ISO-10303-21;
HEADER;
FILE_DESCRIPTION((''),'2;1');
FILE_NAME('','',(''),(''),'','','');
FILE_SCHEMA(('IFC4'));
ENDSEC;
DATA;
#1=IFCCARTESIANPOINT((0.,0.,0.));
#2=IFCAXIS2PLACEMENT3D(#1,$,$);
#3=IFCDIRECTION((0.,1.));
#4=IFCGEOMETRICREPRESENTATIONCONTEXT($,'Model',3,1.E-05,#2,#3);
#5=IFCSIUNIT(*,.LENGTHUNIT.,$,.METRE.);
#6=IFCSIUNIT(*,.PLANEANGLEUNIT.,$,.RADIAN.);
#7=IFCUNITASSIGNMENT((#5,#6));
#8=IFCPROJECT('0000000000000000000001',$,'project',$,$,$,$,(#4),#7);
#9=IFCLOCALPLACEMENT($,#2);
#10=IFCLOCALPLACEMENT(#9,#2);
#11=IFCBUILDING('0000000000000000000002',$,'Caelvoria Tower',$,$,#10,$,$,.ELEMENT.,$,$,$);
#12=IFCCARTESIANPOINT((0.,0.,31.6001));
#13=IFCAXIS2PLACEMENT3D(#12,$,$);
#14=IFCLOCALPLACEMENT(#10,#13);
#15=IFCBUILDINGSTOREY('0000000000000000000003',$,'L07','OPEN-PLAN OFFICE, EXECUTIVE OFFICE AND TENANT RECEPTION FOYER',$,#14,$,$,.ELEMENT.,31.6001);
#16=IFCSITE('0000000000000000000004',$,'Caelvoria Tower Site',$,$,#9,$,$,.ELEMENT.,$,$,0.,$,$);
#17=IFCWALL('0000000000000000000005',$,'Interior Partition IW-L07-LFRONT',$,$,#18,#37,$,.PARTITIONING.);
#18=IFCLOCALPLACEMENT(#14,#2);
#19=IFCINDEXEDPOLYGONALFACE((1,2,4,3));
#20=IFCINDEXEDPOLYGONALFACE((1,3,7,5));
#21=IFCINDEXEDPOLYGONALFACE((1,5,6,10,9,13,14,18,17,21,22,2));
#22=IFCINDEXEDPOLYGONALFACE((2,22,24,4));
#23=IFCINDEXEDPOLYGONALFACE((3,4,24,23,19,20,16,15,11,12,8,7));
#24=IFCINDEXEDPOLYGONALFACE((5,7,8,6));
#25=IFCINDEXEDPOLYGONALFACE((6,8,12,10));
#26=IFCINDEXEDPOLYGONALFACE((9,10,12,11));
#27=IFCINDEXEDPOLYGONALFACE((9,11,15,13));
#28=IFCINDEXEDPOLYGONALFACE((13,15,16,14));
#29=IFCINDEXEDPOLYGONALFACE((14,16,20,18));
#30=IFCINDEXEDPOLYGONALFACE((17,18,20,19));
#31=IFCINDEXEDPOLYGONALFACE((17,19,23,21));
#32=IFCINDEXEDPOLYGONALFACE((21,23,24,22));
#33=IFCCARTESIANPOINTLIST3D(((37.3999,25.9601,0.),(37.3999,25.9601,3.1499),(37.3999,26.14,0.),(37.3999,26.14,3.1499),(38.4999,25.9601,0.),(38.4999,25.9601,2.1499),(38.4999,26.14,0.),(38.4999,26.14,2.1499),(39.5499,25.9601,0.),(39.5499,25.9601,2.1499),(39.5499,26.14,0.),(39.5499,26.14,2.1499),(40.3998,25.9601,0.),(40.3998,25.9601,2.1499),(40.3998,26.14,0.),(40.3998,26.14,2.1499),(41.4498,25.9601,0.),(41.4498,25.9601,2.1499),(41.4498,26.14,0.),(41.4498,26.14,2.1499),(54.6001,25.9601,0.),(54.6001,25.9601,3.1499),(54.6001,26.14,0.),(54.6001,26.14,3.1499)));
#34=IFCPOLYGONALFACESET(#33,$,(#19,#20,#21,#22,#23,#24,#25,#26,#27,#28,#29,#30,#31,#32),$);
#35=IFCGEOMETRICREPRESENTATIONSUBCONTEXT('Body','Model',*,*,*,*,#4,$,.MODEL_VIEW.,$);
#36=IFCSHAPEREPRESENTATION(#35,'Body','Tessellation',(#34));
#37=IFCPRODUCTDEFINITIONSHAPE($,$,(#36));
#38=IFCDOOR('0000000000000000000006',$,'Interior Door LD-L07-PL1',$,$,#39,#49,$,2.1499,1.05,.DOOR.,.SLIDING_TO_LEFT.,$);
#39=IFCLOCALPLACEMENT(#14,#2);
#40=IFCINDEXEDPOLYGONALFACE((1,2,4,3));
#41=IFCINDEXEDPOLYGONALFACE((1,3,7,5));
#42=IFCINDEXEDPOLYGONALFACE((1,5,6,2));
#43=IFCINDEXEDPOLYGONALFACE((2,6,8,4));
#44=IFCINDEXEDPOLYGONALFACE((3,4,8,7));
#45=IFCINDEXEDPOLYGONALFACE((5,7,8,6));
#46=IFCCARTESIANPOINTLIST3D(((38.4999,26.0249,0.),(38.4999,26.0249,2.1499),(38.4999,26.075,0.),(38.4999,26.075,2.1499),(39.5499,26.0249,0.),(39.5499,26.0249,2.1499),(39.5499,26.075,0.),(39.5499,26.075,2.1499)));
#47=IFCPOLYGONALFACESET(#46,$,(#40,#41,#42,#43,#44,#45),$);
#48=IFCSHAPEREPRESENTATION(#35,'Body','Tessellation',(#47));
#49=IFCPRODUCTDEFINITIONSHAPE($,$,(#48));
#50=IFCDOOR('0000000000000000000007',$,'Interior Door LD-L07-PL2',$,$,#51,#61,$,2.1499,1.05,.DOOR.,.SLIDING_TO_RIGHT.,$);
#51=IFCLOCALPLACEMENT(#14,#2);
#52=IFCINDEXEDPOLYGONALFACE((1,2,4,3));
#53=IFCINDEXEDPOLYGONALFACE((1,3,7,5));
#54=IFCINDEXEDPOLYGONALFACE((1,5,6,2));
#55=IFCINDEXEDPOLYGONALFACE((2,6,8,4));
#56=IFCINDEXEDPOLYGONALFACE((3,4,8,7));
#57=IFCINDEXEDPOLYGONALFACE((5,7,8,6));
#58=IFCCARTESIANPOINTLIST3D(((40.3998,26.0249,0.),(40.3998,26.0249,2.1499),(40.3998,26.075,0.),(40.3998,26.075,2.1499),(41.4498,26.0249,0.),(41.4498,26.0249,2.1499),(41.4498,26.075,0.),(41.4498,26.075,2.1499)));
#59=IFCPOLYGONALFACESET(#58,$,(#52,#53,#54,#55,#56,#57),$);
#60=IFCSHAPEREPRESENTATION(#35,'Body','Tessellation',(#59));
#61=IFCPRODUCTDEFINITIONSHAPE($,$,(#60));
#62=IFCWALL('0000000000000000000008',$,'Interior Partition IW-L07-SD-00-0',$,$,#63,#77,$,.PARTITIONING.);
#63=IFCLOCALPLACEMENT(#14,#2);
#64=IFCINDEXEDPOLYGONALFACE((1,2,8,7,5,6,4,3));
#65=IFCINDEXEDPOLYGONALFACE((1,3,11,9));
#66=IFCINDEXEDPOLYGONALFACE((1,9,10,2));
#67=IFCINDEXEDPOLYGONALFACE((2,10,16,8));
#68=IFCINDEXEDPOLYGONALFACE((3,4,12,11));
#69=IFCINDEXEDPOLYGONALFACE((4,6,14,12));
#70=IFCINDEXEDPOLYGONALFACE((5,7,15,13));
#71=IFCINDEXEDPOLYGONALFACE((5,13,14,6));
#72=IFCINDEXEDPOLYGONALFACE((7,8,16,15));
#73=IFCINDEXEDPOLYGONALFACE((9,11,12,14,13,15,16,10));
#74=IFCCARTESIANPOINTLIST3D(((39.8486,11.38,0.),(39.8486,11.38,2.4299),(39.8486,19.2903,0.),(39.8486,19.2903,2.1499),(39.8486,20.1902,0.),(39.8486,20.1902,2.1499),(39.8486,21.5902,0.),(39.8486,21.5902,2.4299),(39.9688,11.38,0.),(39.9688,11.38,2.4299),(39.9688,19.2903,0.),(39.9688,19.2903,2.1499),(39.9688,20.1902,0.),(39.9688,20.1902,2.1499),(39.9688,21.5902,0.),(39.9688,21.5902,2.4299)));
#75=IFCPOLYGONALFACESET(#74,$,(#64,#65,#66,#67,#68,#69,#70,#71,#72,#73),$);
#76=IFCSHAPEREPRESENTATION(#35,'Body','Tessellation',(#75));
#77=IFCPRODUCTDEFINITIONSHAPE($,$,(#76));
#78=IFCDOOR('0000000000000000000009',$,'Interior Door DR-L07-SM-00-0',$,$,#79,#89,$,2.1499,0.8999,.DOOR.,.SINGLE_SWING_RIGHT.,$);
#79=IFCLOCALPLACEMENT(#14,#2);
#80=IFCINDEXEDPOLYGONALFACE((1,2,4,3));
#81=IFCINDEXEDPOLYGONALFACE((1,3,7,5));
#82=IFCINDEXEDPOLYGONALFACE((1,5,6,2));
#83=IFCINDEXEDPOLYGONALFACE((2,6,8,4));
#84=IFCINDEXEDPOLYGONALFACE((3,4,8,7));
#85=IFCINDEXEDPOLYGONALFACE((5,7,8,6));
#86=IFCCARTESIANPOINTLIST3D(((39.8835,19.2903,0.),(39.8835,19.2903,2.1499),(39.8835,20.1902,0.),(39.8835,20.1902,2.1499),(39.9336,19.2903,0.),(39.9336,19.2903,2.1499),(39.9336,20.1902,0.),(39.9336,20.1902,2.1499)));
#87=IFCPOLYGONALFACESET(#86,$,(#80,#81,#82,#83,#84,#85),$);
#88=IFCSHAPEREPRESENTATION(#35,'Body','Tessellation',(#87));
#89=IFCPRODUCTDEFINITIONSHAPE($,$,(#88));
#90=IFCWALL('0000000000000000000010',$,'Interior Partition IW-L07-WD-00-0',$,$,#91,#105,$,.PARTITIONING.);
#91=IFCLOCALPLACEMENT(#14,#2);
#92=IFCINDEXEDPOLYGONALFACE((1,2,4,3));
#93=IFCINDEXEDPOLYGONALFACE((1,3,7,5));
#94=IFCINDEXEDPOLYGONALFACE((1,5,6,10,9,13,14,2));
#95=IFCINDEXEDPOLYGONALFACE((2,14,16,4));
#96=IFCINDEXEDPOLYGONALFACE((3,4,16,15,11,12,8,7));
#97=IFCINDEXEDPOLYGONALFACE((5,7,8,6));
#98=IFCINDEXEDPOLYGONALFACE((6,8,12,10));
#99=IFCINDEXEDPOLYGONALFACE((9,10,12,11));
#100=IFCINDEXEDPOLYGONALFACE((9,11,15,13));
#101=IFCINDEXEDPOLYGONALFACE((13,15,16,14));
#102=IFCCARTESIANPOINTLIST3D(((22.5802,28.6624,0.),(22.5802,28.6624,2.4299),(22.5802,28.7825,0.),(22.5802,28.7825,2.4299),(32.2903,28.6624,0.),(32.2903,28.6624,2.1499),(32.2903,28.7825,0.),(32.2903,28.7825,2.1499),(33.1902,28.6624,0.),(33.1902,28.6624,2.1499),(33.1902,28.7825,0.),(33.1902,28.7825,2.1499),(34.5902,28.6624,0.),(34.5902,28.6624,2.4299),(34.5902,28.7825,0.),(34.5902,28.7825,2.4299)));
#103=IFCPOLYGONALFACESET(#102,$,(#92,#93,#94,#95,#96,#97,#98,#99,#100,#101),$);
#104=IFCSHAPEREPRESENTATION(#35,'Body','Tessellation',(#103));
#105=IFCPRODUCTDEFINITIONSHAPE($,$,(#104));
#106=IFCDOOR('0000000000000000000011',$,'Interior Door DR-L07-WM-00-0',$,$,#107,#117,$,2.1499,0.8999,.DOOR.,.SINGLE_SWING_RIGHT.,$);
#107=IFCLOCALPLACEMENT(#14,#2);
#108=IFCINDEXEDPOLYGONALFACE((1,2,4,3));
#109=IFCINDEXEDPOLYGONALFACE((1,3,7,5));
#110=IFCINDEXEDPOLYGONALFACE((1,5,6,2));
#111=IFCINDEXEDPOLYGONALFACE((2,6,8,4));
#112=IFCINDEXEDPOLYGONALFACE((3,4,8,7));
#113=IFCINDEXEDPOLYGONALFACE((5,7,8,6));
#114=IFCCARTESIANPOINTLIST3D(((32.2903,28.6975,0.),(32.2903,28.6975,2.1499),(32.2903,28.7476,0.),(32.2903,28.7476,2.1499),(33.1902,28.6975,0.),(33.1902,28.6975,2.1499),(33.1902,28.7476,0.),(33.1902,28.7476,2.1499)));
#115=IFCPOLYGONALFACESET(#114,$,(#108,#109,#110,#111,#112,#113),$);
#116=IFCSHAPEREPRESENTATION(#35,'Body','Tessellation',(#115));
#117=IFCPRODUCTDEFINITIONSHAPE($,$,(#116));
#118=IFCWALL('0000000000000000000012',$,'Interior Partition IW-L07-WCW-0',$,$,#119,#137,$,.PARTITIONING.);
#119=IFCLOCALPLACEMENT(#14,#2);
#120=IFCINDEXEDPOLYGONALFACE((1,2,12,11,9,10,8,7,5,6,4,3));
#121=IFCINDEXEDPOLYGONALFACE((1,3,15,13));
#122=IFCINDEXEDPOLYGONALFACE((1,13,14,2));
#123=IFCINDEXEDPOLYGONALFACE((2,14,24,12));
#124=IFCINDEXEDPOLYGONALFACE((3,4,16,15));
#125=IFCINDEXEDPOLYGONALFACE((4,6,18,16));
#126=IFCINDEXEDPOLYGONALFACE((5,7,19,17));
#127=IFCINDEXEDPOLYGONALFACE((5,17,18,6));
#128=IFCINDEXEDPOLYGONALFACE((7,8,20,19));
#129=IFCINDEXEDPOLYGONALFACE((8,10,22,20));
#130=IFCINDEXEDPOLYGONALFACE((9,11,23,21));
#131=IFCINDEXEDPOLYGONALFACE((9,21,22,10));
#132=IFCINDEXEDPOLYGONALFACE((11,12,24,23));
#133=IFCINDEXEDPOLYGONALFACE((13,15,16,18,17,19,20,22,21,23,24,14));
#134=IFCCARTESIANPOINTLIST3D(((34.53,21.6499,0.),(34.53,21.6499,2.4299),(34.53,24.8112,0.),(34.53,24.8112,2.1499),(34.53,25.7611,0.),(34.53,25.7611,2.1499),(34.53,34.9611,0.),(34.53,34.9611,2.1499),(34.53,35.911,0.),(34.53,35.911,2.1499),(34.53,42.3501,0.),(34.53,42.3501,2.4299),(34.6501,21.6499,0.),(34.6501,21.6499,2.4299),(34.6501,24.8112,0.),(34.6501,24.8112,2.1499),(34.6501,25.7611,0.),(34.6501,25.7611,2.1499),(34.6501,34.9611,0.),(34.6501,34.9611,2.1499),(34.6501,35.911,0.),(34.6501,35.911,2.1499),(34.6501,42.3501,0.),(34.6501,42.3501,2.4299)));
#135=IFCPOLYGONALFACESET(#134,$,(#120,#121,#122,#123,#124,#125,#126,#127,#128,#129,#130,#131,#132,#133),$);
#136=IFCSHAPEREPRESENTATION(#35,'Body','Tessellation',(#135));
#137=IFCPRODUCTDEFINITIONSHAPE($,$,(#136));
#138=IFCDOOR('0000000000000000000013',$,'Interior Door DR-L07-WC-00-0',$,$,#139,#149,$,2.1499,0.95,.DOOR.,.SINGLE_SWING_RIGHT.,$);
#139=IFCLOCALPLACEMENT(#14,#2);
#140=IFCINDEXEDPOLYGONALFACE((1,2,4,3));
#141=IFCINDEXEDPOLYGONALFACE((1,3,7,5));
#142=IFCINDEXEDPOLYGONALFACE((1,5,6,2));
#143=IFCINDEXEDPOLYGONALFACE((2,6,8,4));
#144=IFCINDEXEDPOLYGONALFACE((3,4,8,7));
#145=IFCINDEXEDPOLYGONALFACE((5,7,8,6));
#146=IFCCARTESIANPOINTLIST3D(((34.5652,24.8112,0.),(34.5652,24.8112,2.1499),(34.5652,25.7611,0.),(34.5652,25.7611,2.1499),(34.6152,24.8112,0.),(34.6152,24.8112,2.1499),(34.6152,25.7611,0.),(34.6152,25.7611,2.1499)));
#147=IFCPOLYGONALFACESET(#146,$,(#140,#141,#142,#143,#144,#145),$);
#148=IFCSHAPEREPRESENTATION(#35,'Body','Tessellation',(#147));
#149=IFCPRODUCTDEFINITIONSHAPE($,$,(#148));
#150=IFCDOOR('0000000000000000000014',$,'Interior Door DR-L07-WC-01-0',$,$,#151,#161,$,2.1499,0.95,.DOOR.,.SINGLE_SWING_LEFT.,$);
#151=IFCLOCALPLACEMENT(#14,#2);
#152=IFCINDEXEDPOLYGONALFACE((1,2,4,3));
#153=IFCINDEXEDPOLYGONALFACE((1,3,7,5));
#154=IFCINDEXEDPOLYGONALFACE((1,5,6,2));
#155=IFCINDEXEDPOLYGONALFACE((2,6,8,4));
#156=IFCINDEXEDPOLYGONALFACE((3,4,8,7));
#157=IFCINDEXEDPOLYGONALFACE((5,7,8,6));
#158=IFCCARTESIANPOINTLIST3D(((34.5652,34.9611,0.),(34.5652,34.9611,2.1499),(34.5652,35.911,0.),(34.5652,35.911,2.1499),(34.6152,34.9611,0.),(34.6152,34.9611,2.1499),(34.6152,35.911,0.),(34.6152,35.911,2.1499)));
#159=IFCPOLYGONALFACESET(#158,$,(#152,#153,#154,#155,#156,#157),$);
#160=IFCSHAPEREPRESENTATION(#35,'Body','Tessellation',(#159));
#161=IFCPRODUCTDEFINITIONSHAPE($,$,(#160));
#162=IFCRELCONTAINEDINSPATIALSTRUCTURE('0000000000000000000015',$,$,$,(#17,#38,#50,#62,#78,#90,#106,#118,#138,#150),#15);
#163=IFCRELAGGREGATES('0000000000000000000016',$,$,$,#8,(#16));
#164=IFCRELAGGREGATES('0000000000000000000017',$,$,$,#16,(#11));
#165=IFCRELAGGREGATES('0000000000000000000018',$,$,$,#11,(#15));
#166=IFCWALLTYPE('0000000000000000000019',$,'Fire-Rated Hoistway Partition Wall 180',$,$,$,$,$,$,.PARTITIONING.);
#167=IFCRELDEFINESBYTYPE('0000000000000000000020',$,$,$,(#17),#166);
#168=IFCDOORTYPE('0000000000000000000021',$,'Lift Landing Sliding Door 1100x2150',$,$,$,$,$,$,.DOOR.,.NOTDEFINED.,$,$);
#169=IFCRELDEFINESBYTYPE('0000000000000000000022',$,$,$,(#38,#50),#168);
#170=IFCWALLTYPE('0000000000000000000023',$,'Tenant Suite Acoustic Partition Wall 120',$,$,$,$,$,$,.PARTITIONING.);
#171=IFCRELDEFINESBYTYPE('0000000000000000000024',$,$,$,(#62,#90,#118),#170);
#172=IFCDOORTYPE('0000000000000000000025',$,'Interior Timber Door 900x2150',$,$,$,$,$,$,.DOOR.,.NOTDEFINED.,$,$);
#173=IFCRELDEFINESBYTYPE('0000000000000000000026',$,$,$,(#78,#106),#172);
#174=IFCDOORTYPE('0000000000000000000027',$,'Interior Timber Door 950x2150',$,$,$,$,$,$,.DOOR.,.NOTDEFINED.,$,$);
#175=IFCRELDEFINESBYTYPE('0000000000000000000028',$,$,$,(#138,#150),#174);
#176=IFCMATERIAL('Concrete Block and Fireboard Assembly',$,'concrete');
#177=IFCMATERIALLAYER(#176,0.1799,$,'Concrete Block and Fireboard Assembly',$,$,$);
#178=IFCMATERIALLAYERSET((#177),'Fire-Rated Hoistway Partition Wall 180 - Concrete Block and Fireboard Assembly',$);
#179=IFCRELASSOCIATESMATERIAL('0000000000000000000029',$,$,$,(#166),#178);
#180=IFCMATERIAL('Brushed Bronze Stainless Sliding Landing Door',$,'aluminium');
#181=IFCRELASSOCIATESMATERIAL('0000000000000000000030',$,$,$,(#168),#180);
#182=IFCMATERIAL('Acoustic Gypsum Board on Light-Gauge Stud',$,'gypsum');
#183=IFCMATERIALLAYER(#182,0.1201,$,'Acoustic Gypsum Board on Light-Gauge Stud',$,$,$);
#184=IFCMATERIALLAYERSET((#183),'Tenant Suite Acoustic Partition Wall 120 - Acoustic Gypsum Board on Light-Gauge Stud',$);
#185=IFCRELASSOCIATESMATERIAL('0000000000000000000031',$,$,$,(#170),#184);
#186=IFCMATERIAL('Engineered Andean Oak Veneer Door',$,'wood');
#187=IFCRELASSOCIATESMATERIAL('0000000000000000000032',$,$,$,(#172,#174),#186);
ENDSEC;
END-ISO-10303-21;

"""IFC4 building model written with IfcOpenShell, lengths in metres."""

from ifc_helpers import new_model, si_unit, direction, frame, frame_2d, origin, place, context, subcontext, project, spatial, rectangle, extrude, material, layer, layer_set, type_object, element, fill, save


model = new_model("IFC4")

# Units and contexts
model_context = context("Model", 3, precision=1e-05, world=origin(), true_north=direction((0.0, 1.0)))
body_context = subcontext(model_context, "Body", "Model", "MODEL_VIEW")
ifc_project = project(units=[si_unit("LENGTHUNIT", "METRE"), si_unit("PLANEANGLEUNIT", "RADIAN")], contexts=[model_context])

# Site, building, storey
site_placement = place(None, origin())
site = spatial("IfcSite", under=ifc_project, at=site_placement, Name="Caelvoria Tower Site", CompositionType="ELEMENT", RefElevation=0.0)
building_placement = place(site_placement, origin())
building = spatial("IfcBuilding", under=site, at=building_placement, Name="Caelvoria Tower", CompositionType="ELEMENT")
storey_placement = place(building_placement, frame((0.0, 0.0, 31.6001)))
storey = spatial("IfcBuildingStorey", under=building, at=storey_placement, Name="L07", Description="OPEN-PLAN OFFICE, EXECUTIVE OFFICE AND TENANT RECEPTION FOYER", CompositionType="ELEMENT", Elevation=31.6001)

# Wall, openings, doors
ifc_material_1 = material(Name="Concrete Block and Fireboard Assembly", Category="concrete")
ifc_layer_1 = layer(ifc_material_1, 0.1799, Name="Concrete Block and Fireboard Assembly")
ifc_layer_set_1 = layer_set([ifc_layer_1], Name="Fire-Rated Hoistway Partition Wall 180 - Concrete Block and Fireboard Assembly")
wall_type_1 = type_object("IfcWallType", Name="Fire-Rated Hoistway Partition Wall 180", PredefinedType="PARTITIONING", material=ifc_layer_set_1)
wall_1_placement = place(storey_placement, frame((37.3999, 26.05, 0.0), z_axis=(0.0, 0.0, 1.0), x_axis=(1.0, 0.0, 0.0)))
wall_1 = element("IfcWall", 1, at=wall_1_placement, inside=storey, type_object=wall_type_1, Name="Interior Partition IW-L07-LFRONT", PredefinedType="PARTITIONING", context=body_context, shape_type="SweptSolid", body=[
    extrude(rectangle(XDim=17.2002, YDim=0.1799, at=frame_2d((8.6001, 0.0))), origin(), (0.0, 0.0, 1.0), 3.1499),
])
opening_1_placement = place(wall_1_placement, frame((1.1001, 0.0, 0.0)))
opening_1 = element("IfcOpeningElement", 2, at=opening_1_placement, cuts=wall_1, PredefinedType="OPENING", context=body_context, shape_type="SweptSolid", body=[
    extrude(rectangle(XDim=1.05, YDim=2.1499, at=frame_2d((0.5249, 1.075))), frame((0.0, 0.0999, 0.0), z_axis=(0.0, -1.0, 0.0), x_axis=(1.0, 0.0, 0.0)), (0.0, 0.0, 1.0), 0.2),
])
opening_2_placement = place(wall_1_placement, frame((3.0, 0.0, 0.0)))
opening_2 = element("IfcOpeningElement", 3, at=opening_2_placement, cuts=wall_1, PredefinedType="OPENING", context=body_context, shape_type="SweptSolid", body=[
    extrude(rectangle(XDim=1.05, YDim=2.1499, at=frame_2d((0.5249, 1.075))), frame((0.0, 0.0999, 0.0), z_axis=(0.0, -1.0, 0.0), x_axis=(1.0, 0.0, 0.0)), (0.0, 0.0, 1.0), 0.2),
])
ifc_material_2 = material(Name="Brushed Bronze Stainless Sliding Landing Door", Category="aluminium")
door_type_1 = type_object("IfcDoorType", Name="Lift Landing Sliding Door 1100x2150", OperationType="NOTDEFINED", PredefinedType="DOOR", material=ifc_material_2)
door_1_placement = place(opening_1_placement, origin())
door_1 = element("IfcDoor", 4, at=door_1_placement, inside=storey, type_object=door_type_1, Name="Interior Door LD-L07-PL1", OperationType="SLIDING_TO_LEFT", OverallHeight=2.1499, OverallWidth=1.05, PredefinedType="DOOR", context=body_context, shape_type="SweptSolid", body=[
    extrude(rectangle(XDim=1.05, YDim=2.1499, at=frame_2d((0.5249, 1.075))), frame((0.0, 0.0249, 0.0), z_axis=(0.0, -1.0, 0.0), x_axis=(1.0, 0.0, 0.0)), (0.0, 0.0, 1.0), 0.05),
])
fill(opening_1, door_1)
door_2_placement = place(opening_2_placement, origin())
door_2 = element("IfcDoor", 5, at=door_2_placement, inside=storey, type_object=door_type_1, Name="Interior Door LD-L07-PL2", OperationType="SLIDING_TO_RIGHT", OverallHeight=2.1499, OverallWidth=1.05, PredefinedType="DOOR", context=body_context, shape_type="SweptSolid", body=[
    extrude(rectangle(XDim=1.05, YDim=2.1499, at=frame_2d((0.5249, 1.075))), frame((0.0, 0.0249, 0.0), z_axis=(0.0, -1.0, 0.0), x_axis=(1.0, 0.0, 0.0)), (0.0, 0.0, 1.0), 0.05),
])
fill(opening_2, door_2)

# Walls, openings, doors
ifc_material_3 = material(Name="Acoustic Gypsum Board on Light-Gauge Stud", Category="gypsum")
ifc_layer_2 = layer(ifc_material_3, 0.1201, Name="Acoustic Gypsum Board on Light-Gauge Stud")
ifc_layer_set_2 = layer_set([ifc_layer_2], Name="Tenant Suite Acoustic Partition Wall 120 - Acoustic Gypsum Board on Light-Gauge Stud")
wall_type_2 = type_object("IfcWallType", Name="Tenant Suite Acoustic Partition Wall 120", PredefinedType="PARTITIONING", material=ifc_layer_set_2)
wall_2_placement = place(storey_placement, frame((39.9087, 21.5901, 0.0), z_axis=(0.0, 0.0, 1.0), x_axis=(0.0, -1.0, 0.0)))
wall_2 = element("IfcWall", 6, at=wall_2_placement, inside=storey, type_object=wall_type_2, Name="Interior Partition IW-L07-SD-00-0", PredefinedType="PARTITIONING", context=body_context, shape_type="SweptSolid", body=[
    extrude(rectangle(XDim=10.2102, YDim=0.1201, at=frame_2d((5.105, 0.0))), origin(), (0.0, 0.0, 1.0), 2.4299),
])
opening_3_placement = place(wall_2_placement, frame((1.3999, 0.0, 0.0)))
opening_3 = element("IfcOpeningElement", 7, at=opening_3_placement, cuts=wall_2, PredefinedType="OPENING", context=body_context, shape_type="SweptSolid", body=[
    extrude(rectangle(XDim=0.8999, YDim=2.1499, at=frame_2d((0.45, 1.075))), frame((0.0, 0.0701, 0.0), z_axis=(0.0, -1.0, 0.0), x_axis=(1.0, 0.0, 0.0)), (0.0, 0.0, 1.0), 0.1401),
])
ifc_material_4 = material(Name="Engineered Andean Oak Veneer Door", Category="wood")
door_type_2 = type_object("IfcDoorType", Name="Interior Timber Door 900x2150", OperationType="NOTDEFINED", PredefinedType="DOOR", material=ifc_material_4)
door_3_placement = place(opening_3_placement, origin())
door_3 = element("IfcDoor", 8, at=door_3_placement, inside=storey, type_object=door_type_2, Name="Interior Door DR-L07-SM-00-0", OperationType="SINGLE_SWING_RIGHT", OverallHeight=2.1499, OverallWidth=0.8999, PredefinedType="DOOR", context=body_context, shape_type="SweptSolid", body=[
    extrude(rectangle(XDim=0.8999, YDim=2.1499, at=frame_2d((0.45, 1.075))), frame((0.0, 0.0249, 0.0), z_axis=(0.0, -1.0, 0.0), x_axis=(1.0, 0.0, 0.0)), (0.0, 0.0, 1.0), 0.05),
])
fill(opening_3, door_3)
wall_3_placement = place(storey_placement, frame((34.5901, 28.7224, 0.0), z_axis=(0.0, 0.0, 1.0), x_axis=(-1.0, 0.0, 0.0)))
wall_3 = element("IfcWall", 9, at=wall_3_placement, inside=storey, type_object=wall_type_2, Name="Interior Partition IW-L07-WD-00-0", PredefinedType="PARTITIONING", context=body_context, shape_type="SweptSolid", body=[
    extrude(rectangle(XDim=12.01, YDim=0.1201, at=frame_2d((6.0049, 0.0))), origin(), (0.0, 0.0, 1.0), 2.4299),
])
opening_4_placement = place(wall_3_placement, frame((1.3999, 0.0, 0.0)))
opening_4 = element("IfcOpeningElement", 10, at=opening_4_placement, cuts=wall_3, PredefinedType="OPENING", context=body_context, shape_type="SweptSolid", body=[
    extrude(rectangle(XDim=0.8999, YDim=2.1499, at=frame_2d((0.45, 1.075))), frame((0.0, 0.0701, 0.0), z_axis=(0.0, -1.0, 0.0), x_axis=(1.0, 0.0, 0.0)), (0.0, 0.0, 1.0), 0.1401),
])
door_4_placement = place(opening_4_placement, origin())
door_4 = element("IfcDoor", 11, at=door_4_placement, inside=storey, type_object=door_type_2, Name="Interior Door DR-L07-WM-00-0", OperationType="SINGLE_SWING_RIGHT", OverallHeight=2.1499, OverallWidth=0.8999, PredefinedType="DOOR", context=body_context, shape_type="SweptSolid", body=[
    extrude(rectangle(XDim=0.8999, YDim=2.1499, at=frame_2d((0.45, 1.075))), frame((0.0, 0.0249, 0.0), z_axis=(0.0, -1.0, 0.0), x_axis=(1.0, 0.0, 0.0)), (0.0, 0.0, 1.0), 0.05),
])
fill(opening_4, door_4)

# Wall, openings, doors
wall_4_placement = place(storey_placement, frame((34.5901, 21.6499, 0.0), z_axis=(0.0, 0.0, 1.0), x_axis=(0.0, 1.0, 0.0)))
wall_4 = element("IfcWall", 12, at=wall_4_placement, inside=storey, type_object=wall_type_2, Name="Interior Partition IW-L07-WCW-0", PredefinedType="PARTITIONING", context=body_context, shape_type="SweptSolid", body=[
    extrude(rectangle(XDim=20.7002, YDim=0.1201, at=frame_2d((10.3501, 0.0))), origin(), (0.0, 0.0, 1.0), 2.4299),
])
opening_5_placement = place(wall_4_placement, frame((3.1611, 0.0, 0.0)))
opening_5 = element("IfcOpeningElement", 13, at=opening_5_placement, cuts=wall_4, PredefinedType="OPENING", context=body_context, shape_type="SweptSolid", body=[
    extrude(rectangle(XDim=0.95, YDim=2.1499, at=frame_2d((0.4751, 1.075))), frame((0.0, 0.0701, 0.0), z_axis=(0.0, -1.0, 0.0), x_axis=(1.0, 0.0, 0.0)), (0.0, 0.0, 1.0), 0.1401),
])
opening_6_placement = place(wall_4_placement, frame((13.311, 0.0, 0.0)))
opening_6 = element("IfcOpeningElement", 14, at=opening_6_placement, cuts=wall_4, PredefinedType="OPENING", context=body_context, shape_type="SweptSolid", body=[
    extrude(rectangle(XDim=0.95, YDim=2.1499, at=frame_2d((0.4751, 1.075))), frame((0.0, 0.0701, 0.0), z_axis=(0.0, -1.0, 0.0), x_axis=(1.0, 0.0, 0.0)), (0.0, 0.0, 1.0), 0.1401),
])
door_type_3 = type_object("IfcDoorType", Name="Interior Timber Door 950x2150", OperationType="NOTDEFINED", PredefinedType="DOOR", material=ifc_material_4)
door_5_placement = place(opening_5_placement, origin())
door_5 = element("IfcDoor", 15, at=door_5_placement, inside=storey, type_object=door_type_3, Name="Interior Door DR-L07-WC-00-0", OperationType="SINGLE_SWING_RIGHT", OverallHeight=2.1499, OverallWidth=0.95, PredefinedType="DOOR", context=body_context, shape_type="SweptSolid", body=[
    extrude(rectangle(XDim=0.95, YDim=2.1499, at=frame_2d((0.4751, 1.075))), frame((0.0, 0.0249, 0.0), z_axis=(0.0, -1.0, 0.0), x_axis=(1.0, 0.0, 0.0)), (0.0, 0.0, 1.0), 0.05),
])
fill(opening_5, door_5)
door_6_placement = place(opening_6_placement, origin())
door_6 = element("IfcDoor", 16, at=door_6_placement, inside=storey, type_object=door_type_3, Name="Interior Door DR-L07-WC-01-0", OperationType="SINGLE_SWING_LEFT", OverallHeight=2.1499, OverallWidth=0.95, PredefinedType="DOOR", context=body_context, shape_type="SweptSolid", body=[
    extrude(rectangle(XDim=0.95, YDim=2.1499, at=frame_2d((0.4751, 1.075))), frame((0.0, 0.0249, 0.0), z_axis=(0.0, -1.0, 0.0), x_axis=(1.0, 0.0, 0.0)), (0.0, 0.0, 1.0), 0.05),
])
fill(opening_6, door_6)

save(model, "model.ifc")
